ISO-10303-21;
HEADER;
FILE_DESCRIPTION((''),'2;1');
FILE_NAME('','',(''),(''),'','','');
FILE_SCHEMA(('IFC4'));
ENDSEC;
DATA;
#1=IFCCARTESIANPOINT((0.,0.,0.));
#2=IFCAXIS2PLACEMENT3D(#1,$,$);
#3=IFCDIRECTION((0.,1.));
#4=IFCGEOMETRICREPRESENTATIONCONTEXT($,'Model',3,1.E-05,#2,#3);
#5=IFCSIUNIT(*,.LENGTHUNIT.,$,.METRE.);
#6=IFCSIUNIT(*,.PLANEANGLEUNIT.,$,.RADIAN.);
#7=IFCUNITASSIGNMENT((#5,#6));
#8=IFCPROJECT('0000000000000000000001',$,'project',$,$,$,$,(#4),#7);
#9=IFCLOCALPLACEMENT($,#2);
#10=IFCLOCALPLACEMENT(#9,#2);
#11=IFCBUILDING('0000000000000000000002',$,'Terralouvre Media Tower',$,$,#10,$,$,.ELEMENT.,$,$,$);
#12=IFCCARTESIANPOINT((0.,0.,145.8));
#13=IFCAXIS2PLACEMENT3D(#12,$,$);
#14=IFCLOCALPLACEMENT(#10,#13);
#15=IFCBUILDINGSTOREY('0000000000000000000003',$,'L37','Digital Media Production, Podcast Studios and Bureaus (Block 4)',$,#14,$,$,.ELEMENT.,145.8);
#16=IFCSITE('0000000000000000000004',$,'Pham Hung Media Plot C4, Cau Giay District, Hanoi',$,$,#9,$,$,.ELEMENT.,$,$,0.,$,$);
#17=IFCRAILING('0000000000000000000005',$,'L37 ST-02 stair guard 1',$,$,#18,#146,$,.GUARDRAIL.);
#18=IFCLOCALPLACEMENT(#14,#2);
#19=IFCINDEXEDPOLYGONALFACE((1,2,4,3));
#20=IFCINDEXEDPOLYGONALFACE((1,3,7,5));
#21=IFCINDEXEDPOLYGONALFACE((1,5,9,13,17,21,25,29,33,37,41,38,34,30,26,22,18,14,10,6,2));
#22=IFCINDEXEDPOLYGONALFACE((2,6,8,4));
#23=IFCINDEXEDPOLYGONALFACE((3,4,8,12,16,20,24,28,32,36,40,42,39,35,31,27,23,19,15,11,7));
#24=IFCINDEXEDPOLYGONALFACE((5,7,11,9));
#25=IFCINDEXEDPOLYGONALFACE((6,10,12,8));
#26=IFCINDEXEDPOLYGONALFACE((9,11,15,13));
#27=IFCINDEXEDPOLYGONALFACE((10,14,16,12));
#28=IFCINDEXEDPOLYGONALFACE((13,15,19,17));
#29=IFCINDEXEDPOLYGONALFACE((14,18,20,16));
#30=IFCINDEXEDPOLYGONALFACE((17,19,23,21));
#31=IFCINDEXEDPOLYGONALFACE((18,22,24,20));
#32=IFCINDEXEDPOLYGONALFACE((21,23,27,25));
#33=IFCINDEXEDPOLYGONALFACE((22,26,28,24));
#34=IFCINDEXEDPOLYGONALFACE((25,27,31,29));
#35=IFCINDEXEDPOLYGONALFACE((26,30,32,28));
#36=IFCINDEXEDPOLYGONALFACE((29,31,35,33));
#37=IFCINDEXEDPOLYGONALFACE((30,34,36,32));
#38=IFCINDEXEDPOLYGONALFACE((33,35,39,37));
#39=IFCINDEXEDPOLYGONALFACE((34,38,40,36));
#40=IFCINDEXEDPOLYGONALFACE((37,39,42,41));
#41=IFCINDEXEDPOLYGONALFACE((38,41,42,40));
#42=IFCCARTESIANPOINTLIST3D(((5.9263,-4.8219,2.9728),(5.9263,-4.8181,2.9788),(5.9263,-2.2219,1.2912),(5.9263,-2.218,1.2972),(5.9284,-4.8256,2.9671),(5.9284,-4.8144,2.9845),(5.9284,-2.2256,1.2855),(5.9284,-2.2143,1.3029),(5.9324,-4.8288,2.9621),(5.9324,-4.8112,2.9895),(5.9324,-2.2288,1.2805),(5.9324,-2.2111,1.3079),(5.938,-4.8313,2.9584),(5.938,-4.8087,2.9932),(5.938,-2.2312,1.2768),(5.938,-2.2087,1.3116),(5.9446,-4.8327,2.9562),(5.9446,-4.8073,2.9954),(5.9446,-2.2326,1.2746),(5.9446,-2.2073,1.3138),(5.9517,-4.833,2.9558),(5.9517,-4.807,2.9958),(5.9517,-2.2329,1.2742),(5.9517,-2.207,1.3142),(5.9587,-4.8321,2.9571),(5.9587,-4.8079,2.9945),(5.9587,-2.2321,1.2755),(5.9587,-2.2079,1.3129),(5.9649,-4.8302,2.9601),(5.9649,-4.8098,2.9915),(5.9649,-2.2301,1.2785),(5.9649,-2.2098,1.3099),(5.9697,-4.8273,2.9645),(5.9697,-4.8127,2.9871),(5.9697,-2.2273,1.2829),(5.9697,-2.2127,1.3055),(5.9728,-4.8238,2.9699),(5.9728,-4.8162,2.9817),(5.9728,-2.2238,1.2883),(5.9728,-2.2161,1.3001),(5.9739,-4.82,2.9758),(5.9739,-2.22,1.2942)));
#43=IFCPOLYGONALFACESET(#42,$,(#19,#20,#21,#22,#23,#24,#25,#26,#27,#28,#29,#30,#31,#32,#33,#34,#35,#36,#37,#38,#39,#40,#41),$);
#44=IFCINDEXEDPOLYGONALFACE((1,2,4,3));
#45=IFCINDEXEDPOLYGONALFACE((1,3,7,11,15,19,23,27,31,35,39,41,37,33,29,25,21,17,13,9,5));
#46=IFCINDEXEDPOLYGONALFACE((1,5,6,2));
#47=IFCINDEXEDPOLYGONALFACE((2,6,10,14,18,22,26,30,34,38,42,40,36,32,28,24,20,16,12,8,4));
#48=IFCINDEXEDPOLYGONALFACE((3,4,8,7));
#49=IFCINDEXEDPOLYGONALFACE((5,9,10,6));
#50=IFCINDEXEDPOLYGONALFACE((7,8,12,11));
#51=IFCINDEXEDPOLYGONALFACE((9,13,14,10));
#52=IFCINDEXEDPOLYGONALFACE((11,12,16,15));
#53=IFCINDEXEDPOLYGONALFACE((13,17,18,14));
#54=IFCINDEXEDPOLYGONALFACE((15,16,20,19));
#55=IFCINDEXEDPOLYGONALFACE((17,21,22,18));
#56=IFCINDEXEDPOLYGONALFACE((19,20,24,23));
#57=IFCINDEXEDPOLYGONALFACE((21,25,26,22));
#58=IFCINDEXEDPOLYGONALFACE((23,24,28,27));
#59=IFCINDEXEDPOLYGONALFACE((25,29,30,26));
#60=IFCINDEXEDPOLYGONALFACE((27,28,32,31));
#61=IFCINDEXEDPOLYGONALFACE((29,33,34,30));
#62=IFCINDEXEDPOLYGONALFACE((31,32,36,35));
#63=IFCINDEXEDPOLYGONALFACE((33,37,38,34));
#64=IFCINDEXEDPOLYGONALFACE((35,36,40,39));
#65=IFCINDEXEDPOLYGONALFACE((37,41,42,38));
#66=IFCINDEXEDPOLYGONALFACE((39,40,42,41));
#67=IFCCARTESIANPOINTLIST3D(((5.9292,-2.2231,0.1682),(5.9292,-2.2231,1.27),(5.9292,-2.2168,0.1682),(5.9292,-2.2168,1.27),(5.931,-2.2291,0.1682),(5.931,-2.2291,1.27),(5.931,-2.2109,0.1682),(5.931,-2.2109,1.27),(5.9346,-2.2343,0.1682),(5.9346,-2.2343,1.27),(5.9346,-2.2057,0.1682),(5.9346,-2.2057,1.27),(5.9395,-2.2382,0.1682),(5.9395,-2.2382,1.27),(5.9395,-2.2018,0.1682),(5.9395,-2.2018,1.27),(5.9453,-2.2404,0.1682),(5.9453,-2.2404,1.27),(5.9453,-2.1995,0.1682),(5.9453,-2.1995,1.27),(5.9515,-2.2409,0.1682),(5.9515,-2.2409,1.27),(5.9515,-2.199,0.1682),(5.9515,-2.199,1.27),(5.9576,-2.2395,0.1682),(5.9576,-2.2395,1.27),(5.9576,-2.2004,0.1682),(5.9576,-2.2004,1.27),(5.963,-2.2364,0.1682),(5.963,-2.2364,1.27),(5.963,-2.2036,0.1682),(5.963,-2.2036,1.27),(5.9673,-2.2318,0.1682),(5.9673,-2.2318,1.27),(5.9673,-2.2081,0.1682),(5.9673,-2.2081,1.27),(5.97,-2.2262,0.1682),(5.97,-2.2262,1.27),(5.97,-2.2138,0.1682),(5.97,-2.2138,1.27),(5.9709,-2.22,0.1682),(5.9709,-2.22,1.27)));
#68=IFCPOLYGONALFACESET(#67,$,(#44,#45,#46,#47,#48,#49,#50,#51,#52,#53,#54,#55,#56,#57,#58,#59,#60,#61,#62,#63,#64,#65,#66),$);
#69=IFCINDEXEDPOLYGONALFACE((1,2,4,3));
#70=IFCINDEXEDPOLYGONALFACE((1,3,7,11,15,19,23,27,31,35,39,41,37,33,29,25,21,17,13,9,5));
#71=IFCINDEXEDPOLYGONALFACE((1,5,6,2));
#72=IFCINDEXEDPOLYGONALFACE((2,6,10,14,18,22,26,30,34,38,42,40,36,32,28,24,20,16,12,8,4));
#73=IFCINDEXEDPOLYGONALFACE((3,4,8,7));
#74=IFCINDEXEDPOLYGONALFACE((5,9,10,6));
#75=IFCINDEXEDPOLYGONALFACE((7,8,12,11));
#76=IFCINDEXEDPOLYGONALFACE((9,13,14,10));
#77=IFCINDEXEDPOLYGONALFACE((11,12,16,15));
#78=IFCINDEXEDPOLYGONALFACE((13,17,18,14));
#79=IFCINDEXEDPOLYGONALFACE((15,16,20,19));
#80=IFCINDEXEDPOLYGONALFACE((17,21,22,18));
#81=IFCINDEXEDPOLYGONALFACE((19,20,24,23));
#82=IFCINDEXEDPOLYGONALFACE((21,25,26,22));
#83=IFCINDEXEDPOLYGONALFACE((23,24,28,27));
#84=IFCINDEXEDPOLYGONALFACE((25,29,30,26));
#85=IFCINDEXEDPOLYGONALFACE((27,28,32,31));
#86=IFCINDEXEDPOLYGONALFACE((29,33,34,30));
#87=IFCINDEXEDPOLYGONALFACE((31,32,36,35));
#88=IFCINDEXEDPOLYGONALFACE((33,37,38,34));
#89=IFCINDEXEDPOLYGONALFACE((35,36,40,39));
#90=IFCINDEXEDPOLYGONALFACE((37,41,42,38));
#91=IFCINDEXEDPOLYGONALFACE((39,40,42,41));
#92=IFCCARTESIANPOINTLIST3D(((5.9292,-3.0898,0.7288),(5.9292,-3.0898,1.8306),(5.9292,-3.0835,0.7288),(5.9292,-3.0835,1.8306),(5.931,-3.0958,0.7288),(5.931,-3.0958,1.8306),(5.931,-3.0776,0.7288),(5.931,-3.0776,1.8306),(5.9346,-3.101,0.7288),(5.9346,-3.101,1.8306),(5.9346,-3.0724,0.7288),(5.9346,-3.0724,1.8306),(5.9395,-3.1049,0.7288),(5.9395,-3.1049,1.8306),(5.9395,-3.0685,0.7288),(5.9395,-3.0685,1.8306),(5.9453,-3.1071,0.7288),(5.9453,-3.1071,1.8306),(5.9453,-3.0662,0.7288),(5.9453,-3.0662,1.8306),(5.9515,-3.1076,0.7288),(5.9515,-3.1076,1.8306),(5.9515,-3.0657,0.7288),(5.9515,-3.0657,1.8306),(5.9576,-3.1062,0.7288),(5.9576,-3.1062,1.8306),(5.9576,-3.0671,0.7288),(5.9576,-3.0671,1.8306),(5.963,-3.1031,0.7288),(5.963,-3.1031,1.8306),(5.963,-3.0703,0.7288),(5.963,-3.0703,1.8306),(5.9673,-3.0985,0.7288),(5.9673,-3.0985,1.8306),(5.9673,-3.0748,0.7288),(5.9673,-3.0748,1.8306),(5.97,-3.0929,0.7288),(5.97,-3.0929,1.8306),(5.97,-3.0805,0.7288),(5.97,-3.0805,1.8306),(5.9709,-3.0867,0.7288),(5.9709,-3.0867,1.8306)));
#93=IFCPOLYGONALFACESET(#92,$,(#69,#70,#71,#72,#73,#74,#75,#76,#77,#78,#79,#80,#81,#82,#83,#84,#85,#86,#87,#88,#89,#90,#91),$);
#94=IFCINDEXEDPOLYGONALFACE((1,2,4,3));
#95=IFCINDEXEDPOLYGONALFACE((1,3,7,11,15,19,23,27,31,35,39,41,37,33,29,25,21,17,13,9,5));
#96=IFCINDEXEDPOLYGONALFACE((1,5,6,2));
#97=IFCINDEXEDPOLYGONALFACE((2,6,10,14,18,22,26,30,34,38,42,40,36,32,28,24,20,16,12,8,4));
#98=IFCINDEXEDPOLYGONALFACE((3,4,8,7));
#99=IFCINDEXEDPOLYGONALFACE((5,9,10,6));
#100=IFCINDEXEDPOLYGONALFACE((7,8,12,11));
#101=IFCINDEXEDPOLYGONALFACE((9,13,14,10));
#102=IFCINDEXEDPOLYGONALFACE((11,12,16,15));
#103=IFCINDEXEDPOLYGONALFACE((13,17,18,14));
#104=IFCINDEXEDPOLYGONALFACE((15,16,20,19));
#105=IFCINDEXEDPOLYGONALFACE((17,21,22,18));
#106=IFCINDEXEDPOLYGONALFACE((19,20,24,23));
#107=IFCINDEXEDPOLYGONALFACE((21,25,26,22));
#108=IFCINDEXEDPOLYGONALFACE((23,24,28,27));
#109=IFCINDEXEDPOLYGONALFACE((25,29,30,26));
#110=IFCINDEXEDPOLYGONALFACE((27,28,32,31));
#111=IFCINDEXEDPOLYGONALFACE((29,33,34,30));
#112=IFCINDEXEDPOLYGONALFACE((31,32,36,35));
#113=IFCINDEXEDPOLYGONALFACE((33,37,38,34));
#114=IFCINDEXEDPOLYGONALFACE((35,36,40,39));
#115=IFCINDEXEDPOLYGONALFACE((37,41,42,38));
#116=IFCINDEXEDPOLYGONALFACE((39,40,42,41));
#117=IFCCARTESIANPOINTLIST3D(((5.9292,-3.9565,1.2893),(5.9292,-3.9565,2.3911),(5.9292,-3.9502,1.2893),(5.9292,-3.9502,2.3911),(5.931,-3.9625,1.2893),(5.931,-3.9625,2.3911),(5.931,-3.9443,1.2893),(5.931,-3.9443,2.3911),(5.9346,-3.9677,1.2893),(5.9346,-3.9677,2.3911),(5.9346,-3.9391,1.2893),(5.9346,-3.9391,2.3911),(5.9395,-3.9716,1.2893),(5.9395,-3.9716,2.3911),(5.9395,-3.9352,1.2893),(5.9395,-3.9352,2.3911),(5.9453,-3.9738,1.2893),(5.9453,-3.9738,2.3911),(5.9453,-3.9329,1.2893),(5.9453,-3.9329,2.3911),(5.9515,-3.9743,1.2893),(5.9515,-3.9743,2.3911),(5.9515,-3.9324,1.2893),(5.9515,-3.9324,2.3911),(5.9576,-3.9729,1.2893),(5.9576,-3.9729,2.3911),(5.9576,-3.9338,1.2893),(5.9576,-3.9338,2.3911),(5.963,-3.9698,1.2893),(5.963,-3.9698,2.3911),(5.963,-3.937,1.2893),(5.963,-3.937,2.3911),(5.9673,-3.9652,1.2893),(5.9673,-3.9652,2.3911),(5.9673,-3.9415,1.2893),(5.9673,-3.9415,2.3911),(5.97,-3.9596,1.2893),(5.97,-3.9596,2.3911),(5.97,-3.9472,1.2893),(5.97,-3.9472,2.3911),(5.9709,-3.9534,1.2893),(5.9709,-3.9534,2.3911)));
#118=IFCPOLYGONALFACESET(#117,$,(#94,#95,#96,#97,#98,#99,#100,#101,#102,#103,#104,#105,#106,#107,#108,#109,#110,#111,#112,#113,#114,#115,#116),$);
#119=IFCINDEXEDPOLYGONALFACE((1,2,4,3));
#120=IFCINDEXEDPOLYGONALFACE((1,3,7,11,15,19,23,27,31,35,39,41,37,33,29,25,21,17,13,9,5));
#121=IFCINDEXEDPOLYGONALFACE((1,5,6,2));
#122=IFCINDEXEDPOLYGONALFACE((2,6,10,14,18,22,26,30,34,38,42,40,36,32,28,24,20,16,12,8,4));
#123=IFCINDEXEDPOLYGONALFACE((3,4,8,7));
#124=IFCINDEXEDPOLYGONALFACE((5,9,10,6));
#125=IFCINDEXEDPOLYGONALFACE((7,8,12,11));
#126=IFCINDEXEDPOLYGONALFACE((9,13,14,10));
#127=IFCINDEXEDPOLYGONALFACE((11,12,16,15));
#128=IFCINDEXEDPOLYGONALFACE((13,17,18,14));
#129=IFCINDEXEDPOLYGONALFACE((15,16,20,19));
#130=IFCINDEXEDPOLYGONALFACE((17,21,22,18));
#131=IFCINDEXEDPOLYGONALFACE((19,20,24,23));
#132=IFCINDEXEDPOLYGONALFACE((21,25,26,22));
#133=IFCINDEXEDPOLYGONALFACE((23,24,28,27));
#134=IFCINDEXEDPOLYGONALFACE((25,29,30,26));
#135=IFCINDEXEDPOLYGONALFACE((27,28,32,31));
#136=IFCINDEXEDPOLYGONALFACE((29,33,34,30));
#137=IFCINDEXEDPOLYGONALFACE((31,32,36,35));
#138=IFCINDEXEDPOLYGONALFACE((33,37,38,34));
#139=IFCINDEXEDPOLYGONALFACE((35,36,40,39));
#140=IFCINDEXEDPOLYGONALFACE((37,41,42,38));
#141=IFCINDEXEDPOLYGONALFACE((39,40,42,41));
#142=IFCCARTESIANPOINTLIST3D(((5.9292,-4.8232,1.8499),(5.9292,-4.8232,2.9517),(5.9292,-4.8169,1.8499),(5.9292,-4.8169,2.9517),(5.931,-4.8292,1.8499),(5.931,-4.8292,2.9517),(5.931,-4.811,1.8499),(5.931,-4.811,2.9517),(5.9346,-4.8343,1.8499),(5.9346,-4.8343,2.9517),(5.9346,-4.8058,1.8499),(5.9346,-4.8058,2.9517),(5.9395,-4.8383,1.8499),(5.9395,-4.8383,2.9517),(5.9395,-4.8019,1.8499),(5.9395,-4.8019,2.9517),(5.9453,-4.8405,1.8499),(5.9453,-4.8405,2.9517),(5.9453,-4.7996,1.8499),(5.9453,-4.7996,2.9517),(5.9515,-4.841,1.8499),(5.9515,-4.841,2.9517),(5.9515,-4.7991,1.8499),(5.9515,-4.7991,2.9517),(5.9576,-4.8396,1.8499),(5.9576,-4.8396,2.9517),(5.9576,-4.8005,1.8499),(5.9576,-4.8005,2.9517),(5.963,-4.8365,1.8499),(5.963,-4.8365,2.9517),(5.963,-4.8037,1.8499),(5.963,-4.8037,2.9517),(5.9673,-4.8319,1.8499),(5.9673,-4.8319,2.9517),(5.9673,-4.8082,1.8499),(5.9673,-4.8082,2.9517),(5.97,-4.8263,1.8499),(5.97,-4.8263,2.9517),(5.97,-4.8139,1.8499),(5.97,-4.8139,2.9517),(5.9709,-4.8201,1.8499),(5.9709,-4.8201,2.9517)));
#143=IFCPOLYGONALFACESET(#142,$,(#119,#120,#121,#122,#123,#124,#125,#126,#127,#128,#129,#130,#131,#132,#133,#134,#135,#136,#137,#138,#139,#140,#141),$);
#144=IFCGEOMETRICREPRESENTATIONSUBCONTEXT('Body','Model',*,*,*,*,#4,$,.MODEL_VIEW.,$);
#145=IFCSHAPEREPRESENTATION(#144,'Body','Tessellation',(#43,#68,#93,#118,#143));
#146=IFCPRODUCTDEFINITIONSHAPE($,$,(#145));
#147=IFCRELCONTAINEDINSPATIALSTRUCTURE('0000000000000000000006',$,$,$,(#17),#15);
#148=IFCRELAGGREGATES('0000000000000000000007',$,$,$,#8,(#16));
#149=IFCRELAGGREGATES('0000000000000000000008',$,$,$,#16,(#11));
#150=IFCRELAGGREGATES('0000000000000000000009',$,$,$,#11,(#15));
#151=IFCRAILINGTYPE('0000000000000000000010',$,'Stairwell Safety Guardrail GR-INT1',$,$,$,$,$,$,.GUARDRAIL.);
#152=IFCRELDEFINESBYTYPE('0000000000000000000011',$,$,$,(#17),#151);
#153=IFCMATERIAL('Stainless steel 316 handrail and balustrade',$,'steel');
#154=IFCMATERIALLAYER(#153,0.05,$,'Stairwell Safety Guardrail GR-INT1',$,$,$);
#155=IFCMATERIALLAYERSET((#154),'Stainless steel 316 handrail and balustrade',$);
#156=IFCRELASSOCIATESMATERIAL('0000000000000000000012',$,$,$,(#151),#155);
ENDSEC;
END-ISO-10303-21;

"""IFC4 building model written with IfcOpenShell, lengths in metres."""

from ifc_helpers import new_model, si_unit, direction, frame, origin, origin_2d, place, context, subcontext, project, spatial, circle, extrude, material, layer, layer_set, type_object, element, save


model = new_model("IFC4")

# Units and contexts
model_context = context("Model", 3, precision=1e-05, world=origin(), true_north=direction((0.0, 1.0)))
body_context = subcontext(model_context, "Body", "Model", "MODEL_VIEW")
ifc_project = project(units=[si_unit("LENGTHUNIT", "METRE"), si_unit("PLANEANGLEUNIT", "RADIAN")], contexts=[model_context])

# Site, building, storey
site_placement = place(None, origin())
site = spatial("IfcSite", under=ifc_project, at=site_placement, Name="Pham Hung Media Plot C4, Cau Giay District, Hanoi", CompositionType="ELEMENT", RefElevation=0.0)
building_placement = place(site_placement, origin())
building = spatial("IfcBuilding", under=site, at=building_placement, Name="Terralouvre Media Tower", CompositionType="ELEMENT")
storey_placement = place(building_placement, frame((0.0, 0.0, 145.8)))
storey = spatial("IfcBuildingStorey", under=building, at=storey_placement, Name="L37", Description="Digital Media Production, Podcast Studios and Bureaus (Block 4)", CompositionType="ELEMENT", Elevation=145.8)

# Railing
ifc_material_1 = material(Name="Stainless steel 316 handrail and balustrade", Category="steel")
ifc_layer_1 = layer(ifc_material_1, 0.05, Name="Stairwell Safety Guardrail GR-INT1")
ifc_layer_set_1 = layer_set([ifc_layer_1], Name="Stainless steel 316 handrail and balustrade")
railing_type_1 = type_object("IfcRailingType", Name="Stairwell Safety Guardrail GR-INT1", PredefinedType="GUARDRAIL", material=ifc_layer_set_1)
railing_1_placement = place(storey_placement, frame((5.95, -2.22, 0.1682)))
element("IfcRailing", 1, at=railing_1_placement, inside=storey, type_object=railing_type_1, Name="L37 ST-02 stair guard 1", PredefinedType="GUARDRAIL", context=body_context, shape_type="SweptSolid", body=[
    extrude(circle(Radius=0.0239, at=origin_2d()), frame((0.0, 0.0, 1.126), z_axis=(0.0, -0.839684, 0.543075), x_axis=(1.0, 0.0, 0.0)), (0.0, 0.0, 1.0), 3.0964),
    extrude(circle(Radius=0.021, at=origin_2d()), origin(), (0.0, 0.0, 1.0), 1.1018),
    extrude(circle(Radius=0.021, at=origin_2d()), frame((0.0, -0.8667, 0.5605)), (0.0, 0.0, 1.0), 1.1018),
    extrude(circle(Radius=0.021, at=origin_2d()), frame((0.0, -1.7334, 1.1211)), (0.0, 0.0, 1.0), 1.1018),
    extrude(circle(Radius=0.021, at=origin_2d()), frame((0.0, -2.6001, 1.6816)), (0.0, 0.0, 1.0), 1.1018),
])

save(model, "model.ifc")
